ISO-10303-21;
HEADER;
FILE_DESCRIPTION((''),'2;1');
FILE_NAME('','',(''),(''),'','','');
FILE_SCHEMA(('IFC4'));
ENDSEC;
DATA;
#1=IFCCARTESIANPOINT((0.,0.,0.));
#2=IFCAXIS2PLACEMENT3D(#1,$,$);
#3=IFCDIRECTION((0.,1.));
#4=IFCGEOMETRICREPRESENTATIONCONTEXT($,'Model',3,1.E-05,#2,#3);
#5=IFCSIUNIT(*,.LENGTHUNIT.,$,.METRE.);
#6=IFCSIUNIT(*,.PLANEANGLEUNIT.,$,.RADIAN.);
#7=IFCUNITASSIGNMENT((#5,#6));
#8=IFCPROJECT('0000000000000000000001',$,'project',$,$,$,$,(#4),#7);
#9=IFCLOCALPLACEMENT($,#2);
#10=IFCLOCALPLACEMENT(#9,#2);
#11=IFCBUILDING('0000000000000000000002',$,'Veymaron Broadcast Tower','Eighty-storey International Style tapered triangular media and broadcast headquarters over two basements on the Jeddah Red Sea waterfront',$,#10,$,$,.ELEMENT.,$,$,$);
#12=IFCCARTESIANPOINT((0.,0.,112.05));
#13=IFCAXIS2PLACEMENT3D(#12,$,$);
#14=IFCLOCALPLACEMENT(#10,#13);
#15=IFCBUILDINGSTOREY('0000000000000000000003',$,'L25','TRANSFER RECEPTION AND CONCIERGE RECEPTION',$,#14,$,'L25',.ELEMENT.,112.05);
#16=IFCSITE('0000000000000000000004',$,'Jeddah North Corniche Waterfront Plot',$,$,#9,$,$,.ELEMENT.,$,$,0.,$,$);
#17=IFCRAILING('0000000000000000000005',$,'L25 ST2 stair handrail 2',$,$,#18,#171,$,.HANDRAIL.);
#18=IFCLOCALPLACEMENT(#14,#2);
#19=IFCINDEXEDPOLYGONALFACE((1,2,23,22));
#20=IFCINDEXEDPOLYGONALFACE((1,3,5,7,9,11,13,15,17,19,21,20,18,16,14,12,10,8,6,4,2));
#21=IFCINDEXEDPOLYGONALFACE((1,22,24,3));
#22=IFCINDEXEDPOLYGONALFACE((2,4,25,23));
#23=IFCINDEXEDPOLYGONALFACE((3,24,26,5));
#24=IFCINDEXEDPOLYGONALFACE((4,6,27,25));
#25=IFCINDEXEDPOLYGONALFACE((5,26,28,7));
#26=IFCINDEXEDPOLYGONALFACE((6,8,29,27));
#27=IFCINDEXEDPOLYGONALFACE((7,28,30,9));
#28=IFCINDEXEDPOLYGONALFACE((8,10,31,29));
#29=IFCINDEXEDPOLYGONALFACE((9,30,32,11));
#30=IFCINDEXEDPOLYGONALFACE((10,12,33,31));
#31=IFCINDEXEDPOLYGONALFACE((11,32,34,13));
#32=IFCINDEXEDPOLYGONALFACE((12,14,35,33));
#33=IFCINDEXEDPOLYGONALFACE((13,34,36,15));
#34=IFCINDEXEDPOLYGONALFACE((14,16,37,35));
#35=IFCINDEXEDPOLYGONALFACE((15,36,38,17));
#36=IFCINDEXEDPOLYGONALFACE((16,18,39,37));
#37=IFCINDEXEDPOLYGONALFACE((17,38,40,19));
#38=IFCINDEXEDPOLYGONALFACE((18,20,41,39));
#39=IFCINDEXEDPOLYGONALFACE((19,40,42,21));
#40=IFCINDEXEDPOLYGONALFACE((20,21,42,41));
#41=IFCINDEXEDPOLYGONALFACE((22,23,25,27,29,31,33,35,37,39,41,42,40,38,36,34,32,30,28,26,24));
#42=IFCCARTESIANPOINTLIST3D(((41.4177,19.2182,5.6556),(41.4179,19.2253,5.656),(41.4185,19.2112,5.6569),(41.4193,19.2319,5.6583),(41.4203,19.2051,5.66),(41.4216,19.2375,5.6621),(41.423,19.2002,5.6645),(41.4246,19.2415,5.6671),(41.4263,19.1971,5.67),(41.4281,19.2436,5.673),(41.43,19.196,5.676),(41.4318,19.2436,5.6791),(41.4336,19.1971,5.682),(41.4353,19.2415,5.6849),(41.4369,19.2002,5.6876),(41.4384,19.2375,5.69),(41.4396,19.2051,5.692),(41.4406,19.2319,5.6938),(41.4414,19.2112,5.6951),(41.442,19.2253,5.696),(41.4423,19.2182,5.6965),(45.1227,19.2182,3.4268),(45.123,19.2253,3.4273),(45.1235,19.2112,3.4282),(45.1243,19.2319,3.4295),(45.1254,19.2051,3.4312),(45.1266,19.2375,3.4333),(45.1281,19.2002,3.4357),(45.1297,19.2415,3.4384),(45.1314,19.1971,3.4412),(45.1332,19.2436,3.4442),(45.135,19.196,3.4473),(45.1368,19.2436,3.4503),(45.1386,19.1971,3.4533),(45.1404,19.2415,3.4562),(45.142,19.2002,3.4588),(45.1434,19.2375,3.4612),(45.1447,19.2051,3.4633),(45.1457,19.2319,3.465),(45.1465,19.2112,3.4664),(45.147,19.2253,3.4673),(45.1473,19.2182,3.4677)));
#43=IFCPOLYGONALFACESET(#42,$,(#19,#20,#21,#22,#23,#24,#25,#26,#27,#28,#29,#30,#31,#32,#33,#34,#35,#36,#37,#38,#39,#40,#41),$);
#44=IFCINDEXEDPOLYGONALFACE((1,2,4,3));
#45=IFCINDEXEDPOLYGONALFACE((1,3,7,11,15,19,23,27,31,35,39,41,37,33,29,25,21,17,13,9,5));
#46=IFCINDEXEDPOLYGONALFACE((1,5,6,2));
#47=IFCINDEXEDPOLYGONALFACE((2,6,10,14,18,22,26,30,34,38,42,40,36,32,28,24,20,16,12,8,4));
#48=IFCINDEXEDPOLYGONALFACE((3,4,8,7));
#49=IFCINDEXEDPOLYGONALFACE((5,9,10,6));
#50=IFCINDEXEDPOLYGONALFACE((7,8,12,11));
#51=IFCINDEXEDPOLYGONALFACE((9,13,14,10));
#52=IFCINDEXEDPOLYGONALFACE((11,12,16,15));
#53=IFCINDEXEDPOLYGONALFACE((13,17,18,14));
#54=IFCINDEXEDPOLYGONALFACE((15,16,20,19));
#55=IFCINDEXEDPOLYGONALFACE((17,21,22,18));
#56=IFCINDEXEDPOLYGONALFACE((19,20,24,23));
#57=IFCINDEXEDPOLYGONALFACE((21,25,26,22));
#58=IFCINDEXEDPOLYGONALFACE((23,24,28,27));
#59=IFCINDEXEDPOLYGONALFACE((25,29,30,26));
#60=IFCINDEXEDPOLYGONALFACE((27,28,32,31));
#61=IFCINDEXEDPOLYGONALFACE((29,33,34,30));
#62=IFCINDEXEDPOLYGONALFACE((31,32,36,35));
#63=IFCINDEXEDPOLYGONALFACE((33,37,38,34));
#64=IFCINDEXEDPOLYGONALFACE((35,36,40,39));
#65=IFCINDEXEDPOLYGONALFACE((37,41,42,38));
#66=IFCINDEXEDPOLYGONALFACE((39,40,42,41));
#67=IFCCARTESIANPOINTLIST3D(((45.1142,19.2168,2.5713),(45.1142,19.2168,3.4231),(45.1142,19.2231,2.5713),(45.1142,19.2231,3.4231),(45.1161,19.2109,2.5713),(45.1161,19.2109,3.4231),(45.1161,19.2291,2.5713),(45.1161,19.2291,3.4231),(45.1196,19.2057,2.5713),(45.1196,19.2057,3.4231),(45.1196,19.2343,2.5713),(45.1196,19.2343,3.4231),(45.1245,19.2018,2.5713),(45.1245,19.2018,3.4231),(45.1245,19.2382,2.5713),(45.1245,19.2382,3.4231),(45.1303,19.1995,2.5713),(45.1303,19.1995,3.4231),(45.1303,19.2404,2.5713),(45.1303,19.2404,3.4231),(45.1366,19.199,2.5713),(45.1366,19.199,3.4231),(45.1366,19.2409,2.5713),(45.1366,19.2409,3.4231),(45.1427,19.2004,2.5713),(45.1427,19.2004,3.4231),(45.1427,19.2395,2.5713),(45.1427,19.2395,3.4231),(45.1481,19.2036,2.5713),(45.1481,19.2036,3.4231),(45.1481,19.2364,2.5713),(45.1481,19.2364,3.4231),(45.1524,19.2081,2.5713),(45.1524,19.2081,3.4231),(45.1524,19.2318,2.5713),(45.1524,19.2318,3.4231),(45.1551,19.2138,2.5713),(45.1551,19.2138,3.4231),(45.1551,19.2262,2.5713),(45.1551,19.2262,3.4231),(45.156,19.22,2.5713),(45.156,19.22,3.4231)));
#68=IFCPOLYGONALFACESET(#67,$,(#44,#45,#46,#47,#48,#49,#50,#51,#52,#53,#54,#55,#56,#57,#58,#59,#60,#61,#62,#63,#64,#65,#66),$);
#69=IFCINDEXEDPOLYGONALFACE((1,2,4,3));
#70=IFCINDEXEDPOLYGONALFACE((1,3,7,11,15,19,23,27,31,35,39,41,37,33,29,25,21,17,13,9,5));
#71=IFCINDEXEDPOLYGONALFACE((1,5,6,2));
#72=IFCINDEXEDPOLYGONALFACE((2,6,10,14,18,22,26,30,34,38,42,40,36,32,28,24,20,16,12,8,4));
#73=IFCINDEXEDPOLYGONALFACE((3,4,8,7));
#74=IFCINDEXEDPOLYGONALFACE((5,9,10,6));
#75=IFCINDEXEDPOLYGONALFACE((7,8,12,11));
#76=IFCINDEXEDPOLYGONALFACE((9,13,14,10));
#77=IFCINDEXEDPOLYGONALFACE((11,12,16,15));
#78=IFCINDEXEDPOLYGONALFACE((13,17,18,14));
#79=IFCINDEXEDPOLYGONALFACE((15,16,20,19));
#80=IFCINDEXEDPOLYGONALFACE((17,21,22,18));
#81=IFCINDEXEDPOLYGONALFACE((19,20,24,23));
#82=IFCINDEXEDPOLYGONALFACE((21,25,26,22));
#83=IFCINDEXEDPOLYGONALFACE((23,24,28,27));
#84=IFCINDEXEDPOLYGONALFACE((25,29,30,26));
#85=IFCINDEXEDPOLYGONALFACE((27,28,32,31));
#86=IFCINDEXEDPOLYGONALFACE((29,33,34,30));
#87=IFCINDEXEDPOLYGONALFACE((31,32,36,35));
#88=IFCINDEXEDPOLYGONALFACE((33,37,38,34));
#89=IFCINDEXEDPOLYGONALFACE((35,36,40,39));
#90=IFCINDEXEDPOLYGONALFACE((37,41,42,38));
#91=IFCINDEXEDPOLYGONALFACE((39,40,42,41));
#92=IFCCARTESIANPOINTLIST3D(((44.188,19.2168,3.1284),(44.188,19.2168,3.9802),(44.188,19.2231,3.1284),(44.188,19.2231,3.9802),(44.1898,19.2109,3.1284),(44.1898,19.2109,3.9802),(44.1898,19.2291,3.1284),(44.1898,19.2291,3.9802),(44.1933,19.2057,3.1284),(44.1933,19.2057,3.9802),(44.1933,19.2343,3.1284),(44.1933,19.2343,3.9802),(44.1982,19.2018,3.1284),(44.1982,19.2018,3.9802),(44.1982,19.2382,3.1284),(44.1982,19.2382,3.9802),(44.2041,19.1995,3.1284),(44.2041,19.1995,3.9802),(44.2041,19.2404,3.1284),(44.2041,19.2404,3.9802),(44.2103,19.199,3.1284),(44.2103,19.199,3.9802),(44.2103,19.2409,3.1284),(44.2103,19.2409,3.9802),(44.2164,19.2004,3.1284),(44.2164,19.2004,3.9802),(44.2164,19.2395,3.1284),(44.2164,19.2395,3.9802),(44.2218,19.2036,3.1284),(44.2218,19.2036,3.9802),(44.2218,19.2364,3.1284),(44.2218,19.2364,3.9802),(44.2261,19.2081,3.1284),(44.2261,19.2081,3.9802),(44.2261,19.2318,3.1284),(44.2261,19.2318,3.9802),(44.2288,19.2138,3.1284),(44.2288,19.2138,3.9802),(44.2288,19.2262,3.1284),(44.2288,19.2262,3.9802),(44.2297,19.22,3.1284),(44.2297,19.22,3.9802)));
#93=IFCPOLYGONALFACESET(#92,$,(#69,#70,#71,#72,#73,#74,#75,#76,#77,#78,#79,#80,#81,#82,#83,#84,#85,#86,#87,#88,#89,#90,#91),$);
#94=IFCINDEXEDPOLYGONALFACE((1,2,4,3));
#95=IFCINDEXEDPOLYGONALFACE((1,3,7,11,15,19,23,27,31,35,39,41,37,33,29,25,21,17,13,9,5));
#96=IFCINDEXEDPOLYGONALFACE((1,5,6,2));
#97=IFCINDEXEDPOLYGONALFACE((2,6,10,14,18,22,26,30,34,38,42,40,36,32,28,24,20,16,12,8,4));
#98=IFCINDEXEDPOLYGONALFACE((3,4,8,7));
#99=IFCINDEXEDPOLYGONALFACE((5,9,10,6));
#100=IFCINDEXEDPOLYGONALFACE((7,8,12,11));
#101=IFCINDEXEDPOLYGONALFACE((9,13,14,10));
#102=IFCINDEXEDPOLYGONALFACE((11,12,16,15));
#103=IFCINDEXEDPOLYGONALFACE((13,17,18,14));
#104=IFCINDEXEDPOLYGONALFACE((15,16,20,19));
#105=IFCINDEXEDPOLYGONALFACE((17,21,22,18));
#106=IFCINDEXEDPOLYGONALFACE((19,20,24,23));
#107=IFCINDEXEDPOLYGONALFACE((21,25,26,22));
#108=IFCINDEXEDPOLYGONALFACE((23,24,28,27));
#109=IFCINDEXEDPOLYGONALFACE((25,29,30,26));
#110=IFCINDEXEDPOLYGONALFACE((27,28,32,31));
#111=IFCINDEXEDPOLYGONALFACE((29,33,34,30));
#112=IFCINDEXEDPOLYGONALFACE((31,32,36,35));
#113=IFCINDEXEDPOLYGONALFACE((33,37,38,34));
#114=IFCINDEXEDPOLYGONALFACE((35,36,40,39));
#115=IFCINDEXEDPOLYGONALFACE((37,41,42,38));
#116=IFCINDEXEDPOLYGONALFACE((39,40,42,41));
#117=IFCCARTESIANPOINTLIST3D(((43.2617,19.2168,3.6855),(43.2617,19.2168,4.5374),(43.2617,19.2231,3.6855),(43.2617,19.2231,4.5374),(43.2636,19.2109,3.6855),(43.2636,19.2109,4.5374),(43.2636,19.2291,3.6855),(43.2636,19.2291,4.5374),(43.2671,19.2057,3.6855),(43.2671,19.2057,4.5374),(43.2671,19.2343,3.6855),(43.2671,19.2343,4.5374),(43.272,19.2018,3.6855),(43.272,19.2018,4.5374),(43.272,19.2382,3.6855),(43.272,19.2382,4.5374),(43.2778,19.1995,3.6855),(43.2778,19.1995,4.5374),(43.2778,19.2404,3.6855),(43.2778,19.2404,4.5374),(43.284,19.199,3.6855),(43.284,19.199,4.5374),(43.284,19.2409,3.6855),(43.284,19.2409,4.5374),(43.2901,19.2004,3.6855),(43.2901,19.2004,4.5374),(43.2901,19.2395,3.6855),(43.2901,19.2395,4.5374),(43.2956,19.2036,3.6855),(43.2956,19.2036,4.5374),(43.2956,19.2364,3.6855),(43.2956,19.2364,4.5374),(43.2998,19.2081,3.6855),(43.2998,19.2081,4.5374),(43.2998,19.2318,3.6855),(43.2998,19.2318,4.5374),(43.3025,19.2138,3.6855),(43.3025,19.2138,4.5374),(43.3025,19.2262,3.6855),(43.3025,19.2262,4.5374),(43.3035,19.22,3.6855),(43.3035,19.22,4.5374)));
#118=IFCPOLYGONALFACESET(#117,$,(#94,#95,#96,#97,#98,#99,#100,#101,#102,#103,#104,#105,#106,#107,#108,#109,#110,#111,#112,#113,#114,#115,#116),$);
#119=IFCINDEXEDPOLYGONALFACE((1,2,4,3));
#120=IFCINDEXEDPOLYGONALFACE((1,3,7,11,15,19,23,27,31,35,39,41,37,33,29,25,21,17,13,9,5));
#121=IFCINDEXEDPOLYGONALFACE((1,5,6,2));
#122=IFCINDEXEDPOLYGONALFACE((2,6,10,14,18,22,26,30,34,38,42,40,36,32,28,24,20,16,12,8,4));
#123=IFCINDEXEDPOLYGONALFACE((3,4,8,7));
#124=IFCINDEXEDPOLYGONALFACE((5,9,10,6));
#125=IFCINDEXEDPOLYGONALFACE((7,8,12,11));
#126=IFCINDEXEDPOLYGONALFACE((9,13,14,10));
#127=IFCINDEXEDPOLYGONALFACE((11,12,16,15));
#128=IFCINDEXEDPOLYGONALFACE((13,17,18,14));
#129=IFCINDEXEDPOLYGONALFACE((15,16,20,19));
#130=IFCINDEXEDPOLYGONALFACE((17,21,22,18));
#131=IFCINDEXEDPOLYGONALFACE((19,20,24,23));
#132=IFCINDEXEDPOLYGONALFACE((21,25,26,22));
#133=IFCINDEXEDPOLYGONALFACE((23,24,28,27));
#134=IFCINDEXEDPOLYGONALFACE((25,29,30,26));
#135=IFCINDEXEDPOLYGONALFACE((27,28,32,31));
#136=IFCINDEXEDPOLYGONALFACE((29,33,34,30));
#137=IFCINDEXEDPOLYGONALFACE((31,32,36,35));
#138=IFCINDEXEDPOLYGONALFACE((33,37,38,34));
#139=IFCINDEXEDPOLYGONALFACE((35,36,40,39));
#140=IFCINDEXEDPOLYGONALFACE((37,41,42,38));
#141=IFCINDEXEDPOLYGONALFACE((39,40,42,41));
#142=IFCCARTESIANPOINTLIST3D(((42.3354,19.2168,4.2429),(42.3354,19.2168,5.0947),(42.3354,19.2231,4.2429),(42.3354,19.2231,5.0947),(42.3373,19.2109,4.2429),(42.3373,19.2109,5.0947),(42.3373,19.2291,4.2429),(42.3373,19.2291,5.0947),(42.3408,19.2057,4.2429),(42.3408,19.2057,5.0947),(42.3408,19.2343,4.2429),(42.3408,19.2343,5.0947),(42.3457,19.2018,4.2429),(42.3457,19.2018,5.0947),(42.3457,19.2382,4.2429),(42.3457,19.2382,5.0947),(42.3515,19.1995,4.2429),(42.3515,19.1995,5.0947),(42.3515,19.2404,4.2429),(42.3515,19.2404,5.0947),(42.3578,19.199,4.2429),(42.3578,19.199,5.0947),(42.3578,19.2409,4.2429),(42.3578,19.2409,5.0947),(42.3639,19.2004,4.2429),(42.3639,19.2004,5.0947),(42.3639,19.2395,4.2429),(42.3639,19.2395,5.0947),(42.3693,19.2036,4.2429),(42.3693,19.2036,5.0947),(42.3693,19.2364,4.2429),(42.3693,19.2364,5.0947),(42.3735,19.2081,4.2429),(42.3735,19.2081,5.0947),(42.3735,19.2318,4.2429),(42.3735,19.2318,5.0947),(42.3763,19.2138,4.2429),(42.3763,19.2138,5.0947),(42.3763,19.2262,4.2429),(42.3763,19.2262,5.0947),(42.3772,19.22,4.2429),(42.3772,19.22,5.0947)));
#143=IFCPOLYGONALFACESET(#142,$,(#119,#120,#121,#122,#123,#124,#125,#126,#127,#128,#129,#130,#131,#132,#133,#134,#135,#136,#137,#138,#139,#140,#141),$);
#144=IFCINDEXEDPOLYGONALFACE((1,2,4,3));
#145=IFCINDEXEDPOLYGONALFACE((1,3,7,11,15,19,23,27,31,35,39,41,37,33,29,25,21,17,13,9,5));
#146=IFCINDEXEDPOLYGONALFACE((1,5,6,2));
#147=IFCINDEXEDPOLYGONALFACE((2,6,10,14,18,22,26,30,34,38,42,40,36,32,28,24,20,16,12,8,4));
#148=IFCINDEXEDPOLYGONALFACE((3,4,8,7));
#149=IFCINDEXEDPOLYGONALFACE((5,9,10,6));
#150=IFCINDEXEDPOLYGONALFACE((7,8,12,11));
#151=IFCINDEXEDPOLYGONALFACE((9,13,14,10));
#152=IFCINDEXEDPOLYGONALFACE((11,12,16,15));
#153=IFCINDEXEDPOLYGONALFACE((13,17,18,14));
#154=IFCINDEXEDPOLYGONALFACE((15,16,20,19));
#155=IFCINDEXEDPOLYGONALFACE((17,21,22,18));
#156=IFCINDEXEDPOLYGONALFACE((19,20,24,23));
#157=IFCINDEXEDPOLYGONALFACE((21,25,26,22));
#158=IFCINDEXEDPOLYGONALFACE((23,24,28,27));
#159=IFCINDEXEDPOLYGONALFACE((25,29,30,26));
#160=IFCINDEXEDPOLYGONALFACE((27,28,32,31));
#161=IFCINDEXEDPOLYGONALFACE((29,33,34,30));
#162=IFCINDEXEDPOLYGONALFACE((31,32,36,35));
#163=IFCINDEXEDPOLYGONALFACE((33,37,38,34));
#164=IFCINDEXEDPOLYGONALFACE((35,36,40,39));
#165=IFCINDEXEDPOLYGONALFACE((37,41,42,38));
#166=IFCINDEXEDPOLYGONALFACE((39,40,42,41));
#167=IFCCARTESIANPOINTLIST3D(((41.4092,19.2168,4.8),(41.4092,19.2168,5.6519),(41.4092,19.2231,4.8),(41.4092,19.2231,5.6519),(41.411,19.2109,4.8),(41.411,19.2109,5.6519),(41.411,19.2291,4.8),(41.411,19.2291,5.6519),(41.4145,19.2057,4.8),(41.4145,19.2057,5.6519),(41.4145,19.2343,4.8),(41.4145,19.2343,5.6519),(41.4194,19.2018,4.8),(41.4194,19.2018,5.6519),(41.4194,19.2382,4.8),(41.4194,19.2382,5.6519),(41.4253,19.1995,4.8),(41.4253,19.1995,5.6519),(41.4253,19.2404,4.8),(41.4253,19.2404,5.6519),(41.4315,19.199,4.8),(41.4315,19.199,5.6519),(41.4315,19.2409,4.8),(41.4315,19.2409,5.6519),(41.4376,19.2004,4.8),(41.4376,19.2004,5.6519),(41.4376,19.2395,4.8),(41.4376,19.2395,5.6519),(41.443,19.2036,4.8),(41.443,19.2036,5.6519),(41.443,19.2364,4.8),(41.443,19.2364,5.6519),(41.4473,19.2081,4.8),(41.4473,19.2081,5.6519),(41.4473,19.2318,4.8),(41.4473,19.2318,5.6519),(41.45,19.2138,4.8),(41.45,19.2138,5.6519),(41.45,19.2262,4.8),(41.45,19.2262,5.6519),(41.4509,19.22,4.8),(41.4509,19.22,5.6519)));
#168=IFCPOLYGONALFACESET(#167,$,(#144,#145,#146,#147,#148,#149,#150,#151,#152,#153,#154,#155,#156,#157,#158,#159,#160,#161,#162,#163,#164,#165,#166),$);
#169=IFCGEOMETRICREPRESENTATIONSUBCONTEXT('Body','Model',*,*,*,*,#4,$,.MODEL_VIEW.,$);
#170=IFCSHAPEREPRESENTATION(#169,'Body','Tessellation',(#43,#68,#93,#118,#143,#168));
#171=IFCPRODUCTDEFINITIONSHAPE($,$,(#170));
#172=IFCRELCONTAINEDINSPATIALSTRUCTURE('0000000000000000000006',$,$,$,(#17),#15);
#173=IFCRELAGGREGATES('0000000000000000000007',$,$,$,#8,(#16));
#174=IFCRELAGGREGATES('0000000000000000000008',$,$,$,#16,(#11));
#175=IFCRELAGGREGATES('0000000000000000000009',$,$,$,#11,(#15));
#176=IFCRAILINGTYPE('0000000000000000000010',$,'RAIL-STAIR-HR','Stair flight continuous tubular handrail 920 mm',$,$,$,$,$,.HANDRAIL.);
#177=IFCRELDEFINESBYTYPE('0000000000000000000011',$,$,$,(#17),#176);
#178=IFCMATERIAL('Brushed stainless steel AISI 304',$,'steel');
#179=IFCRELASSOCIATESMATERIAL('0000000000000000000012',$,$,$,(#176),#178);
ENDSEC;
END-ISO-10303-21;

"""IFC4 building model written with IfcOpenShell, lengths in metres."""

from ifc_helpers import new_model, si_unit, direction, frame, origin, origin_2d, place, context, subcontext, project, spatial, circle, extrude, material, type_object, element, save


model = new_model("IFC4")

# Units and contexts
model_context = context("Model", 3, precision=1e-05, world=origin(), true_north=direction((0.0, 1.0)))
body_context = subcontext(model_context, "Body", "Model", "MODEL_VIEW")
ifc_project = project(units=[si_unit("LENGTHUNIT", "METRE"), si_unit("PLANEANGLEUNIT", "RADIAN")], contexts=[model_context])

# Site, building, storey
site_placement = place(None, origin())
site = spatial("IfcSite", under=ifc_project, at=site_placement, Name="Jeddah North Corniche Waterfront Plot", CompositionType="ELEMENT", RefElevation=0.0)
building_placement = place(site_placement, origin())
building = spatial("IfcBuilding", under=site, at=building_placement, Name="Veymaron Broadcast Tower", Description="Eighty-storey International Style tapered triangular media and broadcast headquarters over two basements on the Jeddah Red Sea waterfront", CompositionType="ELEMENT")
storey_placement = place(building_placement, frame((0.0, 0.0, 112.05)))
storey = spatial("IfcBuildingStorey", under=building, at=storey_placement, Name="L25", Description="TRANSFER RECEPTION AND CONCIERGE RECEPTION", LongName="L25", CompositionType="ELEMENT", Elevation=112.05)

# Shared definitions
ifc_material_1 = material(Name="Brushed stainless steel AISI 304", Category="steel")

# Railing
railing_type_1 = type_object("IfcRailingType", Name="RAIL-STAIR-HR", Description="Stair flight continuous tubular handrail 920 mm", PredefinedType="HANDRAIL", material=ifc_material_1)
railing_1_placement = place(storey_placement, frame((45.135, 19.22, 2.5713)))
element("IfcRailing", 1, at=railing_1_placement, inside=storey, type_object=railing_type_1, Name="L25 ST2 stair handrail 2", PredefinedType="HANDRAIL", context=body_context, shape_type="SweptSolid", body=[
    extrude(circle(Radius=0.0239, at=origin_2d()), frame((0.0, 0.0, 0.876), z_axis=(-0.856909, 0.0, 0.515467), x_axis=(0.0, -1.0, 0.0)), (0.0, 0.0, 1.0), 4.3237),
    extrude(circle(Radius=0.021, at=origin_2d()), origin(), (0.0, 0.0, 1.0), 0.8518),
    extrude(circle(Radius=0.021, at=origin_2d()), frame((-0.9263, 0.0, 0.5571)), (0.0, 0.0, 1.0), 0.8518),
    extrude(circle(Radius=0.021, at=origin_2d()), frame((-1.8525, 0.0, 1.1143)), (0.0, 0.0, 1.0), 0.8518),
    extrude(circle(Radius=0.021, at=origin_2d()), frame((-2.7788, 0.0, 1.6716)), (0.0, 0.0, 1.0), 0.8518),
    extrude(circle(Radius=0.021, at=origin_2d()), frame((-3.7051, 0.0, 2.2288)), (0.0, 0.0, 1.0), 0.8518),
])

save(model, "model.ifc")
